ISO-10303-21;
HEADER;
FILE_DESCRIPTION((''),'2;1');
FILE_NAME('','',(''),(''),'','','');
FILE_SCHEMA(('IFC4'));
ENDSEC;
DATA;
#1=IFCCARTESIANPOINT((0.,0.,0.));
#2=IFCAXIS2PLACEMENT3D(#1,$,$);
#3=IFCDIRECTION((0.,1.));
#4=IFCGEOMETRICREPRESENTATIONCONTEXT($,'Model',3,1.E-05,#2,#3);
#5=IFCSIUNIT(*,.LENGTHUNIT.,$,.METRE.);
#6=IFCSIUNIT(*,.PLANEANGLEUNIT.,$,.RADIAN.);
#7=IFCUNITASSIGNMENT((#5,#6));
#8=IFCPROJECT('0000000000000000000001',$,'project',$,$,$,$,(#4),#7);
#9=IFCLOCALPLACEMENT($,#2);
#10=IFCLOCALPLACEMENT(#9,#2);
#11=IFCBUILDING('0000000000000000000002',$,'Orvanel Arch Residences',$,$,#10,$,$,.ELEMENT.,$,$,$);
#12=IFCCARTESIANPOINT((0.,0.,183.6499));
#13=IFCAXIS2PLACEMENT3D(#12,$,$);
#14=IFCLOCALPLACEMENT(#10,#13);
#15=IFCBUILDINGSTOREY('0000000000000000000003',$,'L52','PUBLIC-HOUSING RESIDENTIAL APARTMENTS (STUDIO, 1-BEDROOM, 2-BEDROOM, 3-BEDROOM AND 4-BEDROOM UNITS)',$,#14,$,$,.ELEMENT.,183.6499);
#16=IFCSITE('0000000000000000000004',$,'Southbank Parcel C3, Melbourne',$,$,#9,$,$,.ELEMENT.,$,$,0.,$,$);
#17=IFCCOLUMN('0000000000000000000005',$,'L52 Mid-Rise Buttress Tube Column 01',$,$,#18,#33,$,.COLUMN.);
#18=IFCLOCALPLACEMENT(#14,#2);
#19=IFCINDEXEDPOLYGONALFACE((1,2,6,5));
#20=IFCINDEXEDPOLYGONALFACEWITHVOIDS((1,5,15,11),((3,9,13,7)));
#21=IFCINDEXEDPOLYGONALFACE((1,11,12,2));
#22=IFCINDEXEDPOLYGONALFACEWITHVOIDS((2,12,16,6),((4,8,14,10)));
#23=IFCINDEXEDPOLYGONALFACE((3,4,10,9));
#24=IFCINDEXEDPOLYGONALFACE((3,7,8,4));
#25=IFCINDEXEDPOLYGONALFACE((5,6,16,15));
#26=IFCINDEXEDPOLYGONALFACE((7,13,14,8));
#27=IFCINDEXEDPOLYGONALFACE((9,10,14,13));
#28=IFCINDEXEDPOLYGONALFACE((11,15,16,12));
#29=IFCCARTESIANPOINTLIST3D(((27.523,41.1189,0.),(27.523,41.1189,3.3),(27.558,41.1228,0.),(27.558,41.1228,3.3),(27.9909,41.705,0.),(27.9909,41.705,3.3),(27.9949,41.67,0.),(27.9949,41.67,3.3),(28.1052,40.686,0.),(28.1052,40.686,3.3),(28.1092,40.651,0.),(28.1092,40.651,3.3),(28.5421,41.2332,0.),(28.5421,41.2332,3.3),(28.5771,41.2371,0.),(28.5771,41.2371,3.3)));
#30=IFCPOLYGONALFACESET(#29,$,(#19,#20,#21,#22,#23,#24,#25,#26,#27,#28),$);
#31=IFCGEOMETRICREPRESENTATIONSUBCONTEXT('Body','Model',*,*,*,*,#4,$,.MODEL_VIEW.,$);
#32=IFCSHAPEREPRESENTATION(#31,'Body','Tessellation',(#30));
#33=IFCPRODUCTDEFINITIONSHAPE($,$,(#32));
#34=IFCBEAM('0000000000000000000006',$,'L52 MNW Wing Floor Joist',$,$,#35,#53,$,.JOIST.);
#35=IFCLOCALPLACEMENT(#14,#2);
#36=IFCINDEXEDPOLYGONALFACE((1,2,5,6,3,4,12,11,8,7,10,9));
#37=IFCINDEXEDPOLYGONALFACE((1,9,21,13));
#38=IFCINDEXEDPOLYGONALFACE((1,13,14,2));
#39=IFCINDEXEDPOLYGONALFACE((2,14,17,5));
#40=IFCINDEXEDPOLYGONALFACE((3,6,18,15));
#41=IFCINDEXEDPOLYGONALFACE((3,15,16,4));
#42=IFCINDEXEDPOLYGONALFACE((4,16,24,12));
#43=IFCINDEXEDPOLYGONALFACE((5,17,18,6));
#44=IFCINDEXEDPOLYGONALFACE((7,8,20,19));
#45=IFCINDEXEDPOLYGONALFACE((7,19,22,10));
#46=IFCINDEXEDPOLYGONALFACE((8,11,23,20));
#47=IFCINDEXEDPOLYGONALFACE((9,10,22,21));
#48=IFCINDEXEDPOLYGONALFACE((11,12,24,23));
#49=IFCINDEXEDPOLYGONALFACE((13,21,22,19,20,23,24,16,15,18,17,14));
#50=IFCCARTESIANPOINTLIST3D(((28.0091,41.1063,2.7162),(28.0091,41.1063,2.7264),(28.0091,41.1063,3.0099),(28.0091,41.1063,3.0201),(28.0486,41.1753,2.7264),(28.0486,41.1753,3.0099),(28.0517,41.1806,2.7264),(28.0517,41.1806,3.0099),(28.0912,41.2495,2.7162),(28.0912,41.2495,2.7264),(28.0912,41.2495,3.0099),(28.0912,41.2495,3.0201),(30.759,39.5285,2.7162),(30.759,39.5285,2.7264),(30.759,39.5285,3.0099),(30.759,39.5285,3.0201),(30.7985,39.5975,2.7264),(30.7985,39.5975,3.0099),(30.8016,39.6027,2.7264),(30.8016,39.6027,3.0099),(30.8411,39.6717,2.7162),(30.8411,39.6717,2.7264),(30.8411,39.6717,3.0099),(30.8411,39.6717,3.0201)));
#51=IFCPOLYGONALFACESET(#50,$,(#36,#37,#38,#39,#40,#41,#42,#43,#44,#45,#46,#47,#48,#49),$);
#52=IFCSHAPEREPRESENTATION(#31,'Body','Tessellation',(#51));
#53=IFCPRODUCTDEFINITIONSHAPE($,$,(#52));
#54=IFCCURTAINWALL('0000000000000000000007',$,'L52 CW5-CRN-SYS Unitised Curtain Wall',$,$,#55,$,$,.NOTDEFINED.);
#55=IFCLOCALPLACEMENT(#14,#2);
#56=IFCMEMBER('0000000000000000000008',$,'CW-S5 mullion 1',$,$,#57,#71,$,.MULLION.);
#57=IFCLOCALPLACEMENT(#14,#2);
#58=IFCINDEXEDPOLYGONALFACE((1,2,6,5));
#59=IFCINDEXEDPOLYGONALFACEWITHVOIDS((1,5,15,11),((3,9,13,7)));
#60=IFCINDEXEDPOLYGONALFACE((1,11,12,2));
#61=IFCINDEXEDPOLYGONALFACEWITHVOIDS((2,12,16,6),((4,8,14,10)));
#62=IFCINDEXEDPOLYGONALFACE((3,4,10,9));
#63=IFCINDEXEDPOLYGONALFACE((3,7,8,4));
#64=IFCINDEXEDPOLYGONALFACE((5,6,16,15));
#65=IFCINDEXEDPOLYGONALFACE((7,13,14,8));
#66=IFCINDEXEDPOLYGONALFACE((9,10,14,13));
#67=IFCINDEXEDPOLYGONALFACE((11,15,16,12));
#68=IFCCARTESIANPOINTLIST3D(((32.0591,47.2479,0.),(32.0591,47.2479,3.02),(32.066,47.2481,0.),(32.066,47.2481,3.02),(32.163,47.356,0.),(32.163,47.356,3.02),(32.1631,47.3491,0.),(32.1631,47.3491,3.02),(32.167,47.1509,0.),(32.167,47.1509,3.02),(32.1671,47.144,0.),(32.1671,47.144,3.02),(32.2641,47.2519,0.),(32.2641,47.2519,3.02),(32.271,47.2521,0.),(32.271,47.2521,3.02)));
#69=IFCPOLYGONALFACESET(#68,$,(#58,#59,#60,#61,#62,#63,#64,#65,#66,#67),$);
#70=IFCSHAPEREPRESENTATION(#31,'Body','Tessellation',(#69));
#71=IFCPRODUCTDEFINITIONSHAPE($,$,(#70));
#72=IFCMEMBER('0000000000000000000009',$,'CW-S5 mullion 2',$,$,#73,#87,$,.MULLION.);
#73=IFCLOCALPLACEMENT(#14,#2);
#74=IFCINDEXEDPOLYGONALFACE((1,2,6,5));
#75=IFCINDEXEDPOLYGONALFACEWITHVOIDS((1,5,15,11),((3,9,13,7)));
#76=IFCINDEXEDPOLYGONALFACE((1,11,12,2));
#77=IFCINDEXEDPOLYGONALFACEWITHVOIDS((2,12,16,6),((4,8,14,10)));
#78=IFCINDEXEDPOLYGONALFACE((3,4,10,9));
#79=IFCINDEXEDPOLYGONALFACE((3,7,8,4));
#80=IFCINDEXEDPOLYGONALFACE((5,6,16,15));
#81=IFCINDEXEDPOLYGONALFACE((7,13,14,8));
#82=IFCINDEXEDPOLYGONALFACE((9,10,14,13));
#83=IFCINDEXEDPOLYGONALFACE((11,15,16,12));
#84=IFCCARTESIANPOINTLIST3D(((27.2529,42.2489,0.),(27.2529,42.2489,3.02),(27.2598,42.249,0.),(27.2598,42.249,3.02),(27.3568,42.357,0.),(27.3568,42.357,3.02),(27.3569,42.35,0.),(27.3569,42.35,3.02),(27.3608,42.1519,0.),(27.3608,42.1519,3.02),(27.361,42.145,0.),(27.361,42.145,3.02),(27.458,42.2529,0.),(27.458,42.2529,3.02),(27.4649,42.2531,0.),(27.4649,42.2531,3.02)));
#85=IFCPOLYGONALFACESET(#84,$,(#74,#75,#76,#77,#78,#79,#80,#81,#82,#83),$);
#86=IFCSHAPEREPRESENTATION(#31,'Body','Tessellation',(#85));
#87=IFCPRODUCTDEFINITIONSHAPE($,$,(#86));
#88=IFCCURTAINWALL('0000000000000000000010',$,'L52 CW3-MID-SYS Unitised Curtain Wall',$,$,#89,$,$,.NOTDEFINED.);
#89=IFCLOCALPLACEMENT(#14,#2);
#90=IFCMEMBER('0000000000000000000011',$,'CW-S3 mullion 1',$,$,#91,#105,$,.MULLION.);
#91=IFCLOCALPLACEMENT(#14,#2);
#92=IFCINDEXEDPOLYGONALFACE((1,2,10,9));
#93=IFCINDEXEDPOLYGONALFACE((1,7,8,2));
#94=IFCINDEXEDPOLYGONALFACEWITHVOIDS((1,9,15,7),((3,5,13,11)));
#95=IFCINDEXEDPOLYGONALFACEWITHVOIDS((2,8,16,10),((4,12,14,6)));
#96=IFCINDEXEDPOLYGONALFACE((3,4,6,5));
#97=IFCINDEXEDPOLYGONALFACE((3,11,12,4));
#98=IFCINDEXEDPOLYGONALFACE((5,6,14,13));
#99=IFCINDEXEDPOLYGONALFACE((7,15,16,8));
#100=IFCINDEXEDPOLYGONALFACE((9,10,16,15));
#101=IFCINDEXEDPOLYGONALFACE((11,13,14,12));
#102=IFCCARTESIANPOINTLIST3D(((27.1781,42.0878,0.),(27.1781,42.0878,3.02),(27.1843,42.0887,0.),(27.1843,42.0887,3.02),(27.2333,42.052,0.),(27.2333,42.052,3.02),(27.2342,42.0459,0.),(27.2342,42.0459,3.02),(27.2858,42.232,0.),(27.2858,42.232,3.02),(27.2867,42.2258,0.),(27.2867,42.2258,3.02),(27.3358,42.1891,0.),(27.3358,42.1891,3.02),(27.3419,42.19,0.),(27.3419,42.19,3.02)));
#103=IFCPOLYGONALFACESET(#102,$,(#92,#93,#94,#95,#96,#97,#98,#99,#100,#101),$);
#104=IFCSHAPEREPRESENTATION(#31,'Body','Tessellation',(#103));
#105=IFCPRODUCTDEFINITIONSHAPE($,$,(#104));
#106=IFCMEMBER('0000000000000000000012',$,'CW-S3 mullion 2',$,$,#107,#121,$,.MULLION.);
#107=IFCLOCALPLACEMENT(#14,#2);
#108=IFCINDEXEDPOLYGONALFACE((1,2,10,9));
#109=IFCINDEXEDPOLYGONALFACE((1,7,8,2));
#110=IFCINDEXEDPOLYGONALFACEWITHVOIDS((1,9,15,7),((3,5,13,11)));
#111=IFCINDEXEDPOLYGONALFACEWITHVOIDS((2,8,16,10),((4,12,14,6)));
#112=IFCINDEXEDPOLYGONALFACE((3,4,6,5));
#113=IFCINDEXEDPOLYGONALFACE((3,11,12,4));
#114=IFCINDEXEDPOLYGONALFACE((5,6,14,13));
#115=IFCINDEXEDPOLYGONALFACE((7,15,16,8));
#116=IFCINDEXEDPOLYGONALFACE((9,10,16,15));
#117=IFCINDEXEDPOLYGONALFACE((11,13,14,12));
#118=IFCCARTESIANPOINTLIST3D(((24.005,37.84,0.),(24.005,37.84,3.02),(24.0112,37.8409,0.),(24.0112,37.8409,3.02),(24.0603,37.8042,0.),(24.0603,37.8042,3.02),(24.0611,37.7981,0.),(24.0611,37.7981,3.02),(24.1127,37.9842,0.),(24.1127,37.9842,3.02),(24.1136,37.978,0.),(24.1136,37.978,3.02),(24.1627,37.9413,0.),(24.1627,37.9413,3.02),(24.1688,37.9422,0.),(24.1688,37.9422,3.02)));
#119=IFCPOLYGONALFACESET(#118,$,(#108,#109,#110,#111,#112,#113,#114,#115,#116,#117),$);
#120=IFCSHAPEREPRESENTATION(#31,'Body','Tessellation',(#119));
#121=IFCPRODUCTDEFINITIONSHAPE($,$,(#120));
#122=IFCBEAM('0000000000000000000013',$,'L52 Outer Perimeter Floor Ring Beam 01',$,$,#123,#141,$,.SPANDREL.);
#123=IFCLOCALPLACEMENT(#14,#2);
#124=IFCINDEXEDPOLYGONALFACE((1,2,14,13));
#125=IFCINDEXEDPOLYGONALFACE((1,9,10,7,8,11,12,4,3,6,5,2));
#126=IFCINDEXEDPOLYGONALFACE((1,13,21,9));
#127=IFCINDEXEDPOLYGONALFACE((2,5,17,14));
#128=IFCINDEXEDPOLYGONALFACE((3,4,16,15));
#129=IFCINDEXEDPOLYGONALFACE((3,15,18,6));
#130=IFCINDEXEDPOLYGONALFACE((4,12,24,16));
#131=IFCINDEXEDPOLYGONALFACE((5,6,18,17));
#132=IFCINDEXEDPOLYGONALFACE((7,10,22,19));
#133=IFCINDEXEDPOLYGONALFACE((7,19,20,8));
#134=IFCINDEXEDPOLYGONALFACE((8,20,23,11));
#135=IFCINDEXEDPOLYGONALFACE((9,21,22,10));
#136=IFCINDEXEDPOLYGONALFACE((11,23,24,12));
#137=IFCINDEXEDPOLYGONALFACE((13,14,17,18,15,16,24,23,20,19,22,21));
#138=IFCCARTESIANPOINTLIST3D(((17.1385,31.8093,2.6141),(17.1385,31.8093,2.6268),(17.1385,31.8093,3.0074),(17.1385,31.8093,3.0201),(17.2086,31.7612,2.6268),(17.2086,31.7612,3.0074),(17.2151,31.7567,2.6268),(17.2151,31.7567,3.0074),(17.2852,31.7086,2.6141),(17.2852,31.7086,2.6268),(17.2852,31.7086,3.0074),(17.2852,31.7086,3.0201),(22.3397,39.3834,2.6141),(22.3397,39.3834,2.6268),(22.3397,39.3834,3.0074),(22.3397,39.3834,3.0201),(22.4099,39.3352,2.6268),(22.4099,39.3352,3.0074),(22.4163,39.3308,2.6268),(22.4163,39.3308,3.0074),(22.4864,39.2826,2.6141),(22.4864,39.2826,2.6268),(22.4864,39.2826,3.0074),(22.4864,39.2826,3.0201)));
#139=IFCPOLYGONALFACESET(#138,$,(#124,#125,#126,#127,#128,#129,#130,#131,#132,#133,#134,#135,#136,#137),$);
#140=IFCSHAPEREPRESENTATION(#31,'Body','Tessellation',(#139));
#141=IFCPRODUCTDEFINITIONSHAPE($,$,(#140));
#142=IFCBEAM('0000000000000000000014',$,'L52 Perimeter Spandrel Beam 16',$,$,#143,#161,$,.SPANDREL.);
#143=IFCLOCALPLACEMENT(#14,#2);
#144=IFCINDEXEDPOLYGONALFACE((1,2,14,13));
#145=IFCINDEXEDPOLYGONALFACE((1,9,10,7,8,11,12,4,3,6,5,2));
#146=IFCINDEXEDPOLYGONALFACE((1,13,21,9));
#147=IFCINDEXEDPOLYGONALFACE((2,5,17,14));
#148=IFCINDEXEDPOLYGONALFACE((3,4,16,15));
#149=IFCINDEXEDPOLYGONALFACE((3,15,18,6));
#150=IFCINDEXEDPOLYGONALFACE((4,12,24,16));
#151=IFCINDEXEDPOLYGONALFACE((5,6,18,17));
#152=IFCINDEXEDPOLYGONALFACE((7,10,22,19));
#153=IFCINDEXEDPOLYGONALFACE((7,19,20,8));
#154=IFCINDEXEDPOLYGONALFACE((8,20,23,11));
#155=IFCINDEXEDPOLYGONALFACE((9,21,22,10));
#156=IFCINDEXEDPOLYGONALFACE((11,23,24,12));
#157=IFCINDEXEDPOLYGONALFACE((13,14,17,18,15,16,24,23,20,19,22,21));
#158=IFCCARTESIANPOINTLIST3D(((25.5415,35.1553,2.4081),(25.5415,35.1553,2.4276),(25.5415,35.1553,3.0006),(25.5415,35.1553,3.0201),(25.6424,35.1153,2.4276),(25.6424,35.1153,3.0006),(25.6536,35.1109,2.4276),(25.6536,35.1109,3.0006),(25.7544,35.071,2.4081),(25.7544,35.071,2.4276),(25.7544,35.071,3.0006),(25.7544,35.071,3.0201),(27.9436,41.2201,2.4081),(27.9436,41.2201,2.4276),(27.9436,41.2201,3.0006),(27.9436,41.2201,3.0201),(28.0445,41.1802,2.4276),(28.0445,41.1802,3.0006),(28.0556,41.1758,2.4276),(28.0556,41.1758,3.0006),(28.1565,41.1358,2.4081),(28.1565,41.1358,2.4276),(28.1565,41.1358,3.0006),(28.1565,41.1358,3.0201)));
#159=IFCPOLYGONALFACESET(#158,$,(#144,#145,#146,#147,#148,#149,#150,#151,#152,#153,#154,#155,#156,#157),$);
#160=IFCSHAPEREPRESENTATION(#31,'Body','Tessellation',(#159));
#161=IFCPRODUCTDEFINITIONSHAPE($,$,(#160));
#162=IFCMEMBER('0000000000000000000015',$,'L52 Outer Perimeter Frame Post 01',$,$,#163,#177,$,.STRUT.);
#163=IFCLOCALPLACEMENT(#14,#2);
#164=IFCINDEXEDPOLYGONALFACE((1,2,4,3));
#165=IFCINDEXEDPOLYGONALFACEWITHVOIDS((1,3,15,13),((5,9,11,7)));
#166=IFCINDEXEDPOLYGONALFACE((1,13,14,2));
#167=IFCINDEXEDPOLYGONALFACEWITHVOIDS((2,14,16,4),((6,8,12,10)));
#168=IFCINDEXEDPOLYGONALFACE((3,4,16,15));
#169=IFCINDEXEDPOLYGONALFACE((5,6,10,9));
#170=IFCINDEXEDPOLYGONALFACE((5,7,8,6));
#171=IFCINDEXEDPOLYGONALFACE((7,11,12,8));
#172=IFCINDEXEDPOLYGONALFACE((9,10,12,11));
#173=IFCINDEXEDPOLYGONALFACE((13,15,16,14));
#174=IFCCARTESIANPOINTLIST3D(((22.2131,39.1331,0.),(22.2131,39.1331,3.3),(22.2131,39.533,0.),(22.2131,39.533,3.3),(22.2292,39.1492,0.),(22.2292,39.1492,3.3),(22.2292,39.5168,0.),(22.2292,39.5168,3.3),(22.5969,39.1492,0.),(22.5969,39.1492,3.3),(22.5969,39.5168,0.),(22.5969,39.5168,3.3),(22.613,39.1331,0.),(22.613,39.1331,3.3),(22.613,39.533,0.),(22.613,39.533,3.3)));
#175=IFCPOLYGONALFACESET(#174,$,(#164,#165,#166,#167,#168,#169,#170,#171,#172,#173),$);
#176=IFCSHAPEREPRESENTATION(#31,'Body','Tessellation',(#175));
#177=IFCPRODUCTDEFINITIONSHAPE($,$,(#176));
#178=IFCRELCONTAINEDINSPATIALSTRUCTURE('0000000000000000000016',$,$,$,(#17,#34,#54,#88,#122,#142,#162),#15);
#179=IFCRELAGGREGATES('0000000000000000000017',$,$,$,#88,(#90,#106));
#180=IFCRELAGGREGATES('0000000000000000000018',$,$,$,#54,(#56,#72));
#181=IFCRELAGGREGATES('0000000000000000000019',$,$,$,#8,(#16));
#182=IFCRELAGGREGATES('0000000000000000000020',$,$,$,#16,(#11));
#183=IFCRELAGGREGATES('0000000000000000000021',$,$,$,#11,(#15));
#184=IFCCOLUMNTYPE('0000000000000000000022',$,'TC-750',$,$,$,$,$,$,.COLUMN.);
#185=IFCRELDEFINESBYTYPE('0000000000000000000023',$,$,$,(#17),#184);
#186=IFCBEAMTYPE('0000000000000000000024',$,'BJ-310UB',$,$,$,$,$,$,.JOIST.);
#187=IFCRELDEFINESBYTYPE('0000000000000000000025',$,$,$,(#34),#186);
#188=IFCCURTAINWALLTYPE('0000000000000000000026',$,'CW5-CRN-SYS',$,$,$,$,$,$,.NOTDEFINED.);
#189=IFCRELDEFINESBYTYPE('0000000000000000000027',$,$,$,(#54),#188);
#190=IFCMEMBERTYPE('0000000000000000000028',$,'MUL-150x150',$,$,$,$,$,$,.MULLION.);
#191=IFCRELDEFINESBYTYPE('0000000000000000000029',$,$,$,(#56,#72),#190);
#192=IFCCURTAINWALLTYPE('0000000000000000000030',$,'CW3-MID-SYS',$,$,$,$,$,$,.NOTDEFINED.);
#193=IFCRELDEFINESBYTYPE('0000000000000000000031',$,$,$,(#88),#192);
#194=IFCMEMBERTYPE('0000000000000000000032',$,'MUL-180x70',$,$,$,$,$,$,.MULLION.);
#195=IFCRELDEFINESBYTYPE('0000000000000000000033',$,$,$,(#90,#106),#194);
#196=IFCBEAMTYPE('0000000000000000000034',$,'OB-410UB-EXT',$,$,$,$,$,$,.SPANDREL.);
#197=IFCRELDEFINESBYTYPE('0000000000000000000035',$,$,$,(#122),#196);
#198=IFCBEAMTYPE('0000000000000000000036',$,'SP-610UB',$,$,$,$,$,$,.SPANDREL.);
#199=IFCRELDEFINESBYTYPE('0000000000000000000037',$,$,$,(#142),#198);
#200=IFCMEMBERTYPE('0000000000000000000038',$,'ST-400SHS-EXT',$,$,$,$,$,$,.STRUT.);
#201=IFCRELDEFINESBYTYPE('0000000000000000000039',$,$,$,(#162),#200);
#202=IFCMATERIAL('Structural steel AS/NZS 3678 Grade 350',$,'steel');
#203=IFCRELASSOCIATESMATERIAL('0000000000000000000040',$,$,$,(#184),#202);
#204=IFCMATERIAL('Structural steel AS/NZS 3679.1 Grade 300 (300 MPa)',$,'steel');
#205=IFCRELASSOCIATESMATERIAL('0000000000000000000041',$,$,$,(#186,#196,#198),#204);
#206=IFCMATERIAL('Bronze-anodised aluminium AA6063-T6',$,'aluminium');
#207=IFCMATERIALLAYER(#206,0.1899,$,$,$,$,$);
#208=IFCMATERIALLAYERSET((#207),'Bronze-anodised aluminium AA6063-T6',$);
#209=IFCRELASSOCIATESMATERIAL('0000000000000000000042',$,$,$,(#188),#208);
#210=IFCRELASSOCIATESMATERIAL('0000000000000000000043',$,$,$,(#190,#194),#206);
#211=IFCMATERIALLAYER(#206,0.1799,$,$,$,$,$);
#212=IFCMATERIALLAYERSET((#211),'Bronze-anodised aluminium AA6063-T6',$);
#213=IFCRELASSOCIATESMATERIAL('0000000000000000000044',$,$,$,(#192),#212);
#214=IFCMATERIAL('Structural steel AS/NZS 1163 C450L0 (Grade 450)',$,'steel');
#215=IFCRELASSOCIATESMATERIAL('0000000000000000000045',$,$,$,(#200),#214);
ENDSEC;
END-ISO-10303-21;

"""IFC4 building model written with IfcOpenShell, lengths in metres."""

from ifc_helpers import new_model, si_unit, direction, frame, origin, origin_2d, place, context, subcontext, project, spatial, hollow_rectangle, i_section, extrude, material, layer, layer_set, material_profile, profile_set, type_object, element, aggregate, save


model = new_model("IFC4")

# Units and contexts
model_context = context("Model", 3, precision=1e-05, world=origin(), true_north=direction((0.0, 1.0)))
body_context = subcontext(model_context, "Body", "Model", "MODEL_VIEW")
ifc_project = project(units=[si_unit("LENGTHUNIT", "METRE"), si_unit("PLANEANGLEUNIT", "RADIAN")], contexts=[model_context])

# Site, building, storey
site_placement = place(None, origin())
site = spatial("IfcSite", under=ifc_project, at=site_placement, Name="Southbank Parcel C3, Melbourne", CompositionType="ELEMENT", RefElevation=0.0)
building_placement = place(site_placement, origin())
building = spatial("IfcBuilding", under=site, at=building_placement, Name="Orvanel Arch Residences", CompositionType="ELEMENT")
storey_placement = place(building_placement, frame((0.0, 0.0, 183.6499)))
storey = spatial("IfcBuildingStorey", under=building, at=storey_placement, Name="L52", Description="PUBLIC-HOUSING RESIDENTIAL APARTMENTS (STUDIO, 1-BEDROOM, 2-BEDROOM, 3-BEDROOM AND 4-BEDROOM UNITS)", CompositionType="ELEMENT", Elevation=183.6499)

# Column
ifc_material_1 = material(Name="Structural steel AS/NZS 3678 Grade 350", Category="steel")
ifc_material_profile_1 = material_profile(ifc_material_1, hollow_rectangle(XDim=0.75, YDim=0.75, WallThickness=0.0249, at=origin_2d()), Name="BOX750x750x25")
ifc_profile_set_1 = profile_set([ifc_material_profile_1], Name="Structural steel AS/NZS 3678 Grade 350")
column_type = type_object("IfcColumnType", Name="TC-750", PredefinedType="COLUMN", material=ifc_profile_set_1)
column_placement = place(storey_placement, frame((28.05, 41.178, 0.0), z_axis=(0.0, 0.0, 1.0), x_axis=(0.62388, 0.78152, 0.0)))
element("IfcColumn", 1, at=column_placement, inside=storey, type_object=column_type, Name="L52 Mid-Rise Buttress Tube Column 01", PredefinedType="COLUMN", context=body_context, shape_type="SweptSolid", body=[
    extrude(hollow_rectangle(XDim=0.75, YDim=0.75, WallThickness=0.0249, at=origin_2d()), origin(), (0.0, 0.0, 1.0), 3.3),
])

# Beam
ifc_material_2 = material(Name="Structural steel AS/NZS 3679.1 Grade 300 (300 MPa)", Category="steel")
ifc_material_profile_2 = material_profile(ifc_material_2, i_section(OverallWidth=0.165, OverallDepth=0.304, WebThickness=0.0061, FlangeThickness=0.0103, at=origin_2d()), Name="310UB40.4")
ifc_profile_set_2 = profile_set([ifc_material_profile_2], Name="Structural steel AS/NZS 3679.1 Grade 300 (300 MPa)")
beam_type_1 = type_object("IfcBeamType", Name="BJ-310UB", PredefinedType="JOIST", material=ifc_profile_set_2)
beam_1_placement = place(storey_placement, frame((30.8, 39.6001, 2.8682), z_axis=(-0.867365, 0.497672, 0.0), x_axis=(-0.497672, -0.867365, 0.0)))
element("IfcBeam", 2, at=beam_1_placement, inside=storey, type_object=beam_type_1, Name="L52 MNW Wing Floor Joist", PredefinedType="JOIST", context=body_context, shape_type="SweptSolid", body=[
    extrude(i_section(OverallWidth=0.165, OverallDepth=0.304, WebThickness=0.0061, FlangeThickness=0.0103, at=origin_2d()), origin(), (0.0, 0.0, 1.0), 3.1704),
])

# Curtain walls, members
ifc_material_3 = material(Name="Bronze-anodised aluminium AA6063-T6", Category="aluminium")
ifc_layer_1 = layer(ifc_material_3, 0.1899)
ifc_layer_set_1 = layer_set([ifc_layer_1], Name="Bronze-anodised aluminium AA6063-T6")
curtain_wall_type_1 = type_object("IfcCurtainWallType", Name="CW5-CRN-SYS", PredefinedType="NOTDEFINED", material=ifc_layer_set_1)
curtain_wall_1_placement = place(storey_placement, origin())
curtain_wall_1 = element("IfcCurtainWall", 3, at=curtain_wall_1_placement, inside=storey, type_object=curtain_wall_type_1, Name="L52 CW5-CRN-SYS Unitised Curtain Wall", PredefinedType="NOTDEFINED")
ifc_material_profile_3 = material_profile(ifc_material_3, hollow_rectangle(XDim=0.1499, YDim=0.1499, WallThickness=0.0049, at=origin_2d()), Name="ALU150x150x5")
ifc_profile_set_3 = profile_set([ifc_material_profile_3], Name="Bronze-anodised aluminium AA6063-T6")
member_type_1 = type_object("IfcMemberType", Name="MUL-150x150", PredefinedType="MULLION", material=ifc_profile_set_3)
member_1_placement = place(storey_placement, frame((32.165, 47.25, 0.0), z_axis=(0.0, 0.0, 1.0), x_axis=(0.720874, -0.693066, 0.0)))
member_1 = element("IfcMember", 4, at=member_1_placement, type_object=member_type_1, Name="CW-S5 mullion 1", PredefinedType="MULLION", context=body_context, shape_type="SweptSolid", body=[
    extrude(hollow_rectangle(XDim=0.1499, YDim=0.1499, WallThickness=0.0049, at=origin_2d()), origin(), (0.0, 0.0, 1.0), 3.02),
])
member_2_placement = place(storey_placement, frame((27.3589, 42.251, 0.0), z_axis=(0.0, 0.0, 1.0), x_axis=(0.720874, -0.693066, 0.0)))
member_2 = element("IfcMember", 5, at=member_2_placement, type_object=member_type_1, Name="CW-S5 mullion 2", PredefinedType="MULLION", context=body_context, shape_type="SweptSolid", body=[
    extrude(hollow_rectangle(XDim=0.1499, YDim=0.1499, WallThickness=0.0049, at=origin_2d()), origin(), (0.0, 0.0, 1.0), 3.02),
])
ifc_layer_2 = layer(ifc_material_3, 0.1799)
ifc_layer_set_2 = layer_set([ifc_layer_2], Name="Bronze-anodised aluminium AA6063-T6")
curtain_wall_type_2 = type_object("IfcCurtainWallType", Name="CW3-MID-SYS", PredefinedType="NOTDEFINED", material=ifc_layer_set_2)
curtain_wall_2_placement = place(storey_placement, origin())
curtain_wall_2 = element("IfcCurtainWall", 6, at=curtain_wall_2_placement, inside=storey, type_object=curtain_wall_type_2, Name="L52 CW3-MID-SYS Unitised Curtain Wall", PredefinedType="NOTDEFINED")
ifc_material_profile_4 = material_profile(ifc_material_3, hollow_rectangle(XDim=0.0701, YDim=0.1799, WallThickness=0.0044, at=origin_2d()), Name="ALU180x70x4.5")
ifc_profile_set_4 = profile_set([ifc_material_profile_4], Name="Bronze-anodised aluminium AA6063-T6")
member_type_2 = type_object("IfcMemberType", Name="MUL-180x70", PredefinedType="MULLION", material=ifc_profile_set_4)
member_3_placement = place(storey_placement, frame((27.26, 42.1389, 0.0), z_axis=(0.0, 0.0, 1.0), x_axis=(0.801168, -0.59844, 0.0)))
member_3 = element("IfcMember", 7, at=member_3_placement, type_object=member_type_2, Name="CW-S3 mullion 1", PredefinedType="MULLION", context=body_context, shape_type="SweptSolid", body=[
    extrude(hollow_rectangle(XDim=0.0701, YDim=0.1799, WallThickness=0.0044, at=origin_2d()), origin(), (0.0, 0.0, 1.0), 3.02),
])
member_4_placement = place(storey_placement, frame((24.0869, 37.8911, 0.0), z_axis=(0.0, 0.0, 1.0), x_axis=(0.801168, -0.59844, 0.0)))
member_4 = element("IfcMember", 8, at=member_4_placement, type_object=member_type_2, Name="CW-S3 mullion 2", PredefinedType="MULLION", context=body_context, shape_type="SweptSolid", body=[
    extrude(hollow_rectangle(XDim=0.0701, YDim=0.1799, WallThickness=0.0044, at=origin_2d()), origin(), (0.0, 0.0, 1.0), 3.02),
])

# Beams
ifc_material_profile_5 = material_profile(ifc_material_2, i_section(OverallWidth=0.178, OverallDepth=0.406, WebThickness=0.0078, FlangeThickness=0.0127, at=origin_2d()), Name="410UB59.7")
ifc_profile_set_5 = profile_set([ifc_material_profile_5], Name="Structural steel AS/NZS 3679.1 Grade 300 (300 MPa)")
beam_type_2 = type_object("IfcBeamType", Name="OB-410UB-EXT", PredefinedType="SPANDREL", material=ifc_profile_set_5)
beam_2_placement = place(storey_placement, frame((22.4131, 39.333, 2.8171), z_axis=(-0.56609, -0.824343, 0.0), x_axis=(0.824343, -0.56609, 0.0)))
element("IfcBeam", 9, at=beam_2_placement, inside=storey, type_object=beam_type_2, Name="L52 Outer Perimeter Floor Ring Beam 01", PredefinedType="SPANDREL", context=body_context, shape_type="SweptSolid", body=[
    extrude(i_section(OverallWidth=0.178, OverallDepth=0.406, WebThickness=0.0078, FlangeThickness=0.0127, at=origin_2d()), origin(), (0.0, 0.0, 1.0), 9.188),
])
ifc_material_profile_6 = material_profile(ifc_material_2, i_section(OverallWidth=0.229, OverallDepth=0.6121, WebThickness=0.012, FlangeThickness=0.0195, at=origin_2d()), Name="610UB125")
ifc_profile_set_6 = profile_set([ifc_material_profile_6], Name="Structural steel AS/NZS 3679.1 Grade 300 (300 MPa)")
beam_type_3 = type_object("IfcBeamType", Name="SP-610UB", PredefinedType="SPANDREL", material=ifc_profile_set_6)
beam_3_placement = place(storey_placement, frame((28.05, 41.178, 2.7141), z_axis=(-0.368233, -0.929733, 0.0), x_axis=(0.929733, -0.368233, 0.0)))
element("IfcBeam", 10, at=beam_3_placement, inside=storey, type_object=beam_type_3, Name="L52 Perimeter Spandrel Beam 16", PredefinedType="SPANDREL", context=body_context, shape_type="SweptSolid", body=[
    extrude(i_section(OverallWidth=0.229, OverallDepth=0.6121, WebThickness=0.012, FlangeThickness=0.0195, at=origin_2d()), origin(), (0.0, 0.0, 1.0), 6.5232),
])

# Member
ifc_material_4 = material(Name="Structural steel AS/NZS 1163 C450L0 (Grade 450)", Category="steel")
ifc_material_profile_7 = material_profile(ifc_material_4, hollow_rectangle(XDim=0.3999, YDim=0.3999, WallThickness=0.0161, at=origin_2d()), Name="SHS400x400x16")
ifc_profile_set_7 = profile_set([ifc_material_profile_7], Name="Structural steel AS/NZS 1163 C450L0 (Grade 450)")
member_type_3 = type_object("IfcMemberType", Name="ST-400SHS-EXT", PredefinedType="STRUT", material=ifc_profile_set_7)
member_5_placement = place(storey_placement, frame((22.4131, 39.333, 0.0), z_axis=(0.0, 0.0, 1.0), x_axis=(1.0, 0.0, 0.0)))
element("IfcMember", 11, at=member_5_placement, inside=storey, type_object=member_type_3, Name="L52 Outer Perimeter Frame Post 01", PredefinedType="STRUT", context=body_context, shape_type="SweptSolid", body=[
    extrude(hollow_rectangle(XDim=0.3999, YDim=0.3999, WallThickness=0.0161, at=origin_2d()), origin(), (0.0, 0.0, 1.0), 3.3),
])

aggregate(curtain_wall_2, [member_3, member_4])
aggregate(curtain_wall_1, [member_1, member_2])

save(model, "model.ifc")
